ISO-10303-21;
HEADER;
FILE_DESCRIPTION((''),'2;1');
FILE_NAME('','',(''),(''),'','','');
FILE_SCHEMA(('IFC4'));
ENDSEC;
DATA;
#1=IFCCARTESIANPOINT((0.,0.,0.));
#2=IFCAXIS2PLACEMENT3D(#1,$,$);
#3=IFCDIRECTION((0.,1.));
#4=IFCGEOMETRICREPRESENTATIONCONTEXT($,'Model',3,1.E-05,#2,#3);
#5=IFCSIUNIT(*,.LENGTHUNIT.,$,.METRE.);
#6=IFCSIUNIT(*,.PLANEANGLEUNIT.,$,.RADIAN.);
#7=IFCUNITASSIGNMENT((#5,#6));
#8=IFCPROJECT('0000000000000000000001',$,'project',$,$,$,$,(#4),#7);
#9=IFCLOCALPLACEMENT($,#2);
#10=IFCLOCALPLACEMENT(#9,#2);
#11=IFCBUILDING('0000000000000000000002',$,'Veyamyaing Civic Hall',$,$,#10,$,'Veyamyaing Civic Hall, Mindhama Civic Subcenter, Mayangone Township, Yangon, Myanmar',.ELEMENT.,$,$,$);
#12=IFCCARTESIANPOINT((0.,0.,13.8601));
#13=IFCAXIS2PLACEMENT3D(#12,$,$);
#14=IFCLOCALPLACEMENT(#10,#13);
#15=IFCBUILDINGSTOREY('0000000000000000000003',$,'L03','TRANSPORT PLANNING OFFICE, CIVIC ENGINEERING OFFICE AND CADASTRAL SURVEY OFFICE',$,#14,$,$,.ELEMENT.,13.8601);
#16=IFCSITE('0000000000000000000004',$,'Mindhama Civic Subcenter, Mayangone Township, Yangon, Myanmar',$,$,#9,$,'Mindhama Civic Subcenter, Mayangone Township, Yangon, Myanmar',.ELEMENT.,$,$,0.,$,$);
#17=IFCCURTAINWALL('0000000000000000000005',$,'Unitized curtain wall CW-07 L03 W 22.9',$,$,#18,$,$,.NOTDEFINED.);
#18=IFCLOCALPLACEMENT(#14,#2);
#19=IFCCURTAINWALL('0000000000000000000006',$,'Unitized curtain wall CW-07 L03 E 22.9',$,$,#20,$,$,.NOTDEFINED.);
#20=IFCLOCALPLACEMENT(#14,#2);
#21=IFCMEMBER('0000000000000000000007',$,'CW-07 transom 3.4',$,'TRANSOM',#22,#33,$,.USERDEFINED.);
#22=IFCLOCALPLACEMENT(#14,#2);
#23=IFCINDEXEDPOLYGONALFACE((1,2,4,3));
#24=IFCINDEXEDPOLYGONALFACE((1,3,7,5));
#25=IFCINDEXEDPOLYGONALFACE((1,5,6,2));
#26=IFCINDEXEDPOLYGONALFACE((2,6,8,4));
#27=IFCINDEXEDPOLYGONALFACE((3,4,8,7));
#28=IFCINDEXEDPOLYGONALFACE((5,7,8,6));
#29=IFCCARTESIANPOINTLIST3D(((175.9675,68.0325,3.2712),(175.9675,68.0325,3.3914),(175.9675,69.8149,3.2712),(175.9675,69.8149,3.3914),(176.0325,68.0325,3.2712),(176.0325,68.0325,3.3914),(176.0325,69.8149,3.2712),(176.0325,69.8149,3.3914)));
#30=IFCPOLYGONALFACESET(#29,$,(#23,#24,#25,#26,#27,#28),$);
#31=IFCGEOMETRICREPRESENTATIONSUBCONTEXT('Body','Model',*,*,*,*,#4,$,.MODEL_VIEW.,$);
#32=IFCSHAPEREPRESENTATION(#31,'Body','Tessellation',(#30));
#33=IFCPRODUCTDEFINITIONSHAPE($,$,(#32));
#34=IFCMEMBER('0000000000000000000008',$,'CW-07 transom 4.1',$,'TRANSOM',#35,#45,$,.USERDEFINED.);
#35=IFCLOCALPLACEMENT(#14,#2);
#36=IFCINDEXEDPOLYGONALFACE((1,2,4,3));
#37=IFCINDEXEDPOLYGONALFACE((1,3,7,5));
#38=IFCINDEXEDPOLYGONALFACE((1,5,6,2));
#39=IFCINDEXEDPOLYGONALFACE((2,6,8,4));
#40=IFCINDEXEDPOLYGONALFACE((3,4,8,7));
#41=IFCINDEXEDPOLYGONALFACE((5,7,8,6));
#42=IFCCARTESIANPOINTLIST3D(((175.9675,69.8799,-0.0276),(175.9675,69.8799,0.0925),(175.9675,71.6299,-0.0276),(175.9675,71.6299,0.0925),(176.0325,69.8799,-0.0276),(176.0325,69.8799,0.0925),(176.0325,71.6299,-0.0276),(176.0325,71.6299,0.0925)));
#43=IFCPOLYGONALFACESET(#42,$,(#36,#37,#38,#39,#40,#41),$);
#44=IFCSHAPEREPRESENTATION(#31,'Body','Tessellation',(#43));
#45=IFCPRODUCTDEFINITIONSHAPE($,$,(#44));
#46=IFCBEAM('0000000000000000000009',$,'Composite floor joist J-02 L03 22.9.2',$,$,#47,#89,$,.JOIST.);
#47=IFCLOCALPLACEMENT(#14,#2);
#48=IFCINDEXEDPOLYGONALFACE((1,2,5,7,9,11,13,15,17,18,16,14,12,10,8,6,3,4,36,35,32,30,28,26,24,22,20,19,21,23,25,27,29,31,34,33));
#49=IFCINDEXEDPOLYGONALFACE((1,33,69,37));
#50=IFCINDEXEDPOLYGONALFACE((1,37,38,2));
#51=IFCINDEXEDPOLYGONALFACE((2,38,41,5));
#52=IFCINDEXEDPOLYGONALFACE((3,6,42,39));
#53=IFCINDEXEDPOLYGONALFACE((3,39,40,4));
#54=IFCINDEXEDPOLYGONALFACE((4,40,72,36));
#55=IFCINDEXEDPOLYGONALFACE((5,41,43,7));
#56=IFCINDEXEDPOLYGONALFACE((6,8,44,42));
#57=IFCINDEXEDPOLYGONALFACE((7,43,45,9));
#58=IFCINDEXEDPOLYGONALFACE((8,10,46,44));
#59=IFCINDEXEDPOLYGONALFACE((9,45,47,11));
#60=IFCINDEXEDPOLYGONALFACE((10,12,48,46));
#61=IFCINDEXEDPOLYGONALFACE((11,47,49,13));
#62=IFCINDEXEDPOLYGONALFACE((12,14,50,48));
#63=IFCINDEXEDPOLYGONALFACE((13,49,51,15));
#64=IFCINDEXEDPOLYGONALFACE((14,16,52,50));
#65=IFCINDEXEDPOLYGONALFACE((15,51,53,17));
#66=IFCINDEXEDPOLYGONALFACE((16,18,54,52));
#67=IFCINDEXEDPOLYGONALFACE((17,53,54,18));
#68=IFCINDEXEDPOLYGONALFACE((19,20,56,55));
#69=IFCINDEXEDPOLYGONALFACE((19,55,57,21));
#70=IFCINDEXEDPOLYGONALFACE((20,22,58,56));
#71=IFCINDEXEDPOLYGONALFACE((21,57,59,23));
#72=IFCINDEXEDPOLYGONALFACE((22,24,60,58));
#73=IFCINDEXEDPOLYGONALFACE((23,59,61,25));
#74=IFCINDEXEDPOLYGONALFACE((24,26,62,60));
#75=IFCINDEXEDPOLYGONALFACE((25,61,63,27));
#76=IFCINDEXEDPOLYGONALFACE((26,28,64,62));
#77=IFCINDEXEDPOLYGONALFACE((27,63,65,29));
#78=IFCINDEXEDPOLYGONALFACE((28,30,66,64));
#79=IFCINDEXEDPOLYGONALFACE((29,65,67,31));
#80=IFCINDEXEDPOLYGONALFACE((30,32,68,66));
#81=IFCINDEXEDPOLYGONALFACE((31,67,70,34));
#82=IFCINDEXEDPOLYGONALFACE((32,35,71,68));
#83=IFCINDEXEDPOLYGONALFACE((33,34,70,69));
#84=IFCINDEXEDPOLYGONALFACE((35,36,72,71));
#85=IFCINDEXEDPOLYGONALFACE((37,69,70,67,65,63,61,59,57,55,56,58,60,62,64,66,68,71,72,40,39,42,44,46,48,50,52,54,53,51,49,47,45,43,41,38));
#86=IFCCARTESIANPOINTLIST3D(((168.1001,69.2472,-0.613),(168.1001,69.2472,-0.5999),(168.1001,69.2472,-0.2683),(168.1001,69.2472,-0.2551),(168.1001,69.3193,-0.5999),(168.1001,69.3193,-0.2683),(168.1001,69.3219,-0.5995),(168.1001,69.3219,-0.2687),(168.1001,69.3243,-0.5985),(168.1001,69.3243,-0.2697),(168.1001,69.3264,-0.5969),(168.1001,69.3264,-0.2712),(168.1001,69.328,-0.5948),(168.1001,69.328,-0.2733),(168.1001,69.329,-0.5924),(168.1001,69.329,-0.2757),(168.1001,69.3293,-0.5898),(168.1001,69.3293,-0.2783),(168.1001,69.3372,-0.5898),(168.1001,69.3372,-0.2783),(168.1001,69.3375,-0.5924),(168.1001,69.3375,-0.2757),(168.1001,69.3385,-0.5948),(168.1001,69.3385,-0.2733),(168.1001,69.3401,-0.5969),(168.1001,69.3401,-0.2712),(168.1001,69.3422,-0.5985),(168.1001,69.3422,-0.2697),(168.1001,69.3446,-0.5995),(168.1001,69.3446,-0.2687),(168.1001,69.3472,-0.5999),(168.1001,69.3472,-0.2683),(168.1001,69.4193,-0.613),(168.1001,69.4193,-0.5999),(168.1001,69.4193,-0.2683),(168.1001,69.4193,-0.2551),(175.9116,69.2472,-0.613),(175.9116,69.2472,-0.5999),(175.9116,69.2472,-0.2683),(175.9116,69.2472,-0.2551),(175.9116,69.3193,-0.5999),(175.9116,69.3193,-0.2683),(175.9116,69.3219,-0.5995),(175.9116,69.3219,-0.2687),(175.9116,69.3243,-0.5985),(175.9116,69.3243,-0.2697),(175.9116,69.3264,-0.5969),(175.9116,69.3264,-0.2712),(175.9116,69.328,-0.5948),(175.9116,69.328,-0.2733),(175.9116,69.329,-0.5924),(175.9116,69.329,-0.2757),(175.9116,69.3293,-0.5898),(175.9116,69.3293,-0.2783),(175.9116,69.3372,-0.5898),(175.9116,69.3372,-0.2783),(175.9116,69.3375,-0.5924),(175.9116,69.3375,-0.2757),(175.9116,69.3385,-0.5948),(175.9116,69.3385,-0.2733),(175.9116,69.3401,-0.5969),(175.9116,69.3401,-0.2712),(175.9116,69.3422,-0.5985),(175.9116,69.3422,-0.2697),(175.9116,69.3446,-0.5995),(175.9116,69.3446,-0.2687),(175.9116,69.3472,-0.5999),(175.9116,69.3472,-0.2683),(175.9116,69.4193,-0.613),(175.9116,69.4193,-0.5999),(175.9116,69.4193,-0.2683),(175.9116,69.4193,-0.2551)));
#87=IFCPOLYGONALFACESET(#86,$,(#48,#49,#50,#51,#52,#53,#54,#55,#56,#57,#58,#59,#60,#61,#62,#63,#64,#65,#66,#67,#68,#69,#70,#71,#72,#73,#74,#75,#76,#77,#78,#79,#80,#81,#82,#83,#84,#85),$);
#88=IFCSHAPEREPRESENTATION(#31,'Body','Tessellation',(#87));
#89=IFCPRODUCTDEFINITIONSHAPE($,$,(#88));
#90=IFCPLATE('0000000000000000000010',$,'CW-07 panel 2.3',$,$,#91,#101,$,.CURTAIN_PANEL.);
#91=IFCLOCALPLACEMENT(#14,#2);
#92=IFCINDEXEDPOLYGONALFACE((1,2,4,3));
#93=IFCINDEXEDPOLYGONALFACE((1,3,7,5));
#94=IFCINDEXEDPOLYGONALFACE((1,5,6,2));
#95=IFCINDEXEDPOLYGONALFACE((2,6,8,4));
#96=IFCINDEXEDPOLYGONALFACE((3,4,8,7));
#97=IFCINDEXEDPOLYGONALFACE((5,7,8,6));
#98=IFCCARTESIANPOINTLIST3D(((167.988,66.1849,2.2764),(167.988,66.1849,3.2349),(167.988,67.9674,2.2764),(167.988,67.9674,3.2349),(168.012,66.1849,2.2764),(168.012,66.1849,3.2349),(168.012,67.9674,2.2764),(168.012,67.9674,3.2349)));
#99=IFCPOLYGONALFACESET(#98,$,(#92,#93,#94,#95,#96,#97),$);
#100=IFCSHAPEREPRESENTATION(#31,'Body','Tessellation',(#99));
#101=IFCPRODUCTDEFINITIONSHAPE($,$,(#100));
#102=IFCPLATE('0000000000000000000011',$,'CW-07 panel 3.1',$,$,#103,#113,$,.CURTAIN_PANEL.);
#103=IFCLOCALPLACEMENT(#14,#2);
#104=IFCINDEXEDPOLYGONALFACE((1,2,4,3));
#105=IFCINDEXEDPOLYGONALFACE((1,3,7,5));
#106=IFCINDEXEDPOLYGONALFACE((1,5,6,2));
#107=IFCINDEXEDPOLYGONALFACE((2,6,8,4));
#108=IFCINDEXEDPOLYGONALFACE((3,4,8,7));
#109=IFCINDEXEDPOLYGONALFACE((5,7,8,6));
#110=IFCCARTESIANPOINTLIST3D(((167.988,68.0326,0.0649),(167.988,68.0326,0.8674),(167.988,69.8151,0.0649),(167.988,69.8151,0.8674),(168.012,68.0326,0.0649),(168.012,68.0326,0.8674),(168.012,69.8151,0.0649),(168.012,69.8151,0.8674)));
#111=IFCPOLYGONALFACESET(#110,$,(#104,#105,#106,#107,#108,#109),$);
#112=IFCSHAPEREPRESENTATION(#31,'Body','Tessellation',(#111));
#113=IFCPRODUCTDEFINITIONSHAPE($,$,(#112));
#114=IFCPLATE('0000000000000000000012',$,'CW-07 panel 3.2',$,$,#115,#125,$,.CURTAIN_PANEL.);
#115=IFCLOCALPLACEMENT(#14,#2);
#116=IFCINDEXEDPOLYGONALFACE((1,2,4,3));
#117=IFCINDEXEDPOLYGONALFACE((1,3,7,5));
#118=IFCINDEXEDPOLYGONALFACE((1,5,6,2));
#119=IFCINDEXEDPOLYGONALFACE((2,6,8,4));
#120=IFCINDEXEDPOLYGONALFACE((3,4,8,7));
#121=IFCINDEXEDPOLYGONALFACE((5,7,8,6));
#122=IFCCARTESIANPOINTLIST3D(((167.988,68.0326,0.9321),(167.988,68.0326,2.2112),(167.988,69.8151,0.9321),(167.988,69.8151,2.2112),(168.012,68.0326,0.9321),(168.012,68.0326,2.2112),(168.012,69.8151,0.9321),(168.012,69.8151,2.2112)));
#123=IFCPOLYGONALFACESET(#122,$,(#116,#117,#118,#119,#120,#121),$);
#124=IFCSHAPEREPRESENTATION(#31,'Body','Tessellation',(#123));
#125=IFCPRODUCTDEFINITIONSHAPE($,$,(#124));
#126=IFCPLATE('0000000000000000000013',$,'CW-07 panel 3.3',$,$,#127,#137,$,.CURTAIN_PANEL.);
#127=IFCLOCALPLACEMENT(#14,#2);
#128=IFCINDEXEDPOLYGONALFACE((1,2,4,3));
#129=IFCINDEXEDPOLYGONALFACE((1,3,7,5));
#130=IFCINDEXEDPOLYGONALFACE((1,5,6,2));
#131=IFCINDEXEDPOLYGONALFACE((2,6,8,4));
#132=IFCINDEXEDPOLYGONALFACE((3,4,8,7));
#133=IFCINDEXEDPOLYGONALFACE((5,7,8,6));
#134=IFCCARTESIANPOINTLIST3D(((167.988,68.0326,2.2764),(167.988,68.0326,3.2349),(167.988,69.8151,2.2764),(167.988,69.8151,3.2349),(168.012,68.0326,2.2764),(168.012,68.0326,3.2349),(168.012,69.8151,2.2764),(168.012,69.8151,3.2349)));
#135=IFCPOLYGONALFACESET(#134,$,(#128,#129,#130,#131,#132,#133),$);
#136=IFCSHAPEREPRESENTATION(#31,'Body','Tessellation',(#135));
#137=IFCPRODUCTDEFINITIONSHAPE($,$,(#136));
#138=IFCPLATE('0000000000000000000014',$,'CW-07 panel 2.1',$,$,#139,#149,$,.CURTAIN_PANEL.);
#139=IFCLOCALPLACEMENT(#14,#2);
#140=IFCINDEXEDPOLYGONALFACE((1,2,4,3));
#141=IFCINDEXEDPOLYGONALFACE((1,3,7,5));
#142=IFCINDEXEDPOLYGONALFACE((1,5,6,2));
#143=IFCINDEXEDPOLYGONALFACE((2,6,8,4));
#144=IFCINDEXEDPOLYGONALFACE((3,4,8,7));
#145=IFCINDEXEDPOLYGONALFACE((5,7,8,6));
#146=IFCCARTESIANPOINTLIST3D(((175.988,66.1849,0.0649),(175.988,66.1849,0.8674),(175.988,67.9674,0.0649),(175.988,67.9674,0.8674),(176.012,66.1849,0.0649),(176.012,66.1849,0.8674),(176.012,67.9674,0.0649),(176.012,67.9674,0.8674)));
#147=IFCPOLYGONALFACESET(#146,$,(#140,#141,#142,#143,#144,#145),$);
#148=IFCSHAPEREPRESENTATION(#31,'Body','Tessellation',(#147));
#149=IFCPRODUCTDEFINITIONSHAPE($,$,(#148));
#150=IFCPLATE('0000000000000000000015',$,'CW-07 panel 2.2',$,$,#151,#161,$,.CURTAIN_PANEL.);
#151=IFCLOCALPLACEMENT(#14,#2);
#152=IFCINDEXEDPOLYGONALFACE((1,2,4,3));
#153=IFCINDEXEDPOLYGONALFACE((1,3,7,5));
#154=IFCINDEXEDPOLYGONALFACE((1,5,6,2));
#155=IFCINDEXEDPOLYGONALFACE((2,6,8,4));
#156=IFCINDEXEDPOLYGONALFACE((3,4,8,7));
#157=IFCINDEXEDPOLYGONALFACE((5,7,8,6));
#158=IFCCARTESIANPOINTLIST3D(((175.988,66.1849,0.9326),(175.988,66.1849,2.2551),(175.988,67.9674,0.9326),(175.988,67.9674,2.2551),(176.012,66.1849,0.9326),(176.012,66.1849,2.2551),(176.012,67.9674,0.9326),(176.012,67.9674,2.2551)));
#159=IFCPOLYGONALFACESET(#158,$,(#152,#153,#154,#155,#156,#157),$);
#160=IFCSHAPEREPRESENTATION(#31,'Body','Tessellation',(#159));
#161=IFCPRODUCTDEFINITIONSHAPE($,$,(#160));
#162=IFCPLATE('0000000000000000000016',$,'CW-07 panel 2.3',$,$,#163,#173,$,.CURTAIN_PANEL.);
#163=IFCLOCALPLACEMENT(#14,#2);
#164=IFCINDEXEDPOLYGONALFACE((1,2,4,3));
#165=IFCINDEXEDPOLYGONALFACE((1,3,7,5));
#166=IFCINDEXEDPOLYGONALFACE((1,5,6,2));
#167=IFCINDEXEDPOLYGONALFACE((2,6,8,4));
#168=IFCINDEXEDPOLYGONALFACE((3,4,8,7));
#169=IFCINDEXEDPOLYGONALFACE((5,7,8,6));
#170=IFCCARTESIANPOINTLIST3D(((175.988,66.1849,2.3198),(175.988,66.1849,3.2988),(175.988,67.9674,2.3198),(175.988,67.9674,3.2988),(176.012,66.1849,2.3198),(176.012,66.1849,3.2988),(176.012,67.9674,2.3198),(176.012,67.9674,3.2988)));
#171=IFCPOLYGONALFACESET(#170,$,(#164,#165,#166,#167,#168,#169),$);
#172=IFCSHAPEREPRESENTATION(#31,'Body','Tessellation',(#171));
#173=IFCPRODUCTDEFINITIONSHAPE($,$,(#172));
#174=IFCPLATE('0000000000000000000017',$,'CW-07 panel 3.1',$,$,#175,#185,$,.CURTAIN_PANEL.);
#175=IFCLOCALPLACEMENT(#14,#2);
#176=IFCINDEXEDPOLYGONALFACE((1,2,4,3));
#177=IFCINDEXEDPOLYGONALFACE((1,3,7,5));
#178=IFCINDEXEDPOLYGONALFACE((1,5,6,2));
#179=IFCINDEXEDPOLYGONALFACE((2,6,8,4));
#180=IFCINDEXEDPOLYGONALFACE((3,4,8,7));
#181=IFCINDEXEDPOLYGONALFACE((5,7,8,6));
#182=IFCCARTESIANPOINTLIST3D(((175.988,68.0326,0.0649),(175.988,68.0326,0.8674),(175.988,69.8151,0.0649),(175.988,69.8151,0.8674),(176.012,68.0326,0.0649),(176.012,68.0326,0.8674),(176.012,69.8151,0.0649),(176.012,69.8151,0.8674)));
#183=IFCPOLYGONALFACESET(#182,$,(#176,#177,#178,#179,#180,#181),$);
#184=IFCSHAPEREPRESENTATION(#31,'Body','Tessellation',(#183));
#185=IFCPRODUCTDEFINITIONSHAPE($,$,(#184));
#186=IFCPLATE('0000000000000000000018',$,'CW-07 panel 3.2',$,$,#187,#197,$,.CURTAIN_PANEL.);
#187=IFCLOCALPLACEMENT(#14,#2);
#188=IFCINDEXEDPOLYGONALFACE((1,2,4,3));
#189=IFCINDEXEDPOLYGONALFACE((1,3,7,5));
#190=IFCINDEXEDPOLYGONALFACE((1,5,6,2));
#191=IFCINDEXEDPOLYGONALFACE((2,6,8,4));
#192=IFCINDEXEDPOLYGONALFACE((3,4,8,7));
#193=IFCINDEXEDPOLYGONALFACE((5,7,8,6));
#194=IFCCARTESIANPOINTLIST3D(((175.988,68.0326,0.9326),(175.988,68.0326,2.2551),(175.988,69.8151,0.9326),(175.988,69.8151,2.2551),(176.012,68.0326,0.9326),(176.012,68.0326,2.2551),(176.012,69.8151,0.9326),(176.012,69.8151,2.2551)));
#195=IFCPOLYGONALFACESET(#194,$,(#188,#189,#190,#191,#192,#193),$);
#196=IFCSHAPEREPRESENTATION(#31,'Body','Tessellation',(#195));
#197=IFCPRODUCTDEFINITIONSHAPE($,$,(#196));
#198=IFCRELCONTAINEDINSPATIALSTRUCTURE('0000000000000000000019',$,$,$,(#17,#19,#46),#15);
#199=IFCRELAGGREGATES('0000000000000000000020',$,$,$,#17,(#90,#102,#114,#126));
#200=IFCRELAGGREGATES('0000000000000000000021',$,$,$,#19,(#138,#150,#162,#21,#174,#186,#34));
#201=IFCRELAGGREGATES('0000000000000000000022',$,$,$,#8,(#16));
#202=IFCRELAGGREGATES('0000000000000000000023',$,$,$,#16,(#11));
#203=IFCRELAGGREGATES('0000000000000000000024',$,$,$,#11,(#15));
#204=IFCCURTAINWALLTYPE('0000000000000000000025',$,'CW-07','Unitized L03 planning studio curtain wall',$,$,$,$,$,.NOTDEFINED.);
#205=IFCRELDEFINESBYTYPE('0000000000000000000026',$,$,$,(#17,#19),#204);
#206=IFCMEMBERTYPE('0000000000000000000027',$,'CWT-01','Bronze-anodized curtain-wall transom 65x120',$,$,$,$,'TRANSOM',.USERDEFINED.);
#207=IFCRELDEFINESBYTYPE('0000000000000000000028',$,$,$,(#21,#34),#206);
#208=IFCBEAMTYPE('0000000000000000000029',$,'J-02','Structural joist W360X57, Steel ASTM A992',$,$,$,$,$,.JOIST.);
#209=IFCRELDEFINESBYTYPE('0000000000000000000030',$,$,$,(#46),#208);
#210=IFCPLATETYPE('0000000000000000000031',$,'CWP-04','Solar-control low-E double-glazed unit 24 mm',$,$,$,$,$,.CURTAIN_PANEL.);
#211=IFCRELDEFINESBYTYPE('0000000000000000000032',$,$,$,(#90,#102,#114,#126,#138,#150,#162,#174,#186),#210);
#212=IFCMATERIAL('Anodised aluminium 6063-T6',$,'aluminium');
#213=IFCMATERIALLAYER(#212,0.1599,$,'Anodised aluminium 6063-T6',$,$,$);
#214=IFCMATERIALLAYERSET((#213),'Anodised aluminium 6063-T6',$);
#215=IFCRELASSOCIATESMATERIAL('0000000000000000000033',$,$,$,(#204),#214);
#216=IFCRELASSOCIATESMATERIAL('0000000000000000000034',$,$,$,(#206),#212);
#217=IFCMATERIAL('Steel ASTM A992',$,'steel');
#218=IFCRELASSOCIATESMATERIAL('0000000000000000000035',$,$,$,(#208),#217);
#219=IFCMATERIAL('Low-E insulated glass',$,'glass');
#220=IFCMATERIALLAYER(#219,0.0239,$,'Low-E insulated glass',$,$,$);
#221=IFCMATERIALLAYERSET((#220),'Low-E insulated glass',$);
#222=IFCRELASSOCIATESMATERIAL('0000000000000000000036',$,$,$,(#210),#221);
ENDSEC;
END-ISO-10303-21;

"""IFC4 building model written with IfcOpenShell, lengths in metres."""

from ifc_helpers import new_model, si_unit, direction, frame, origin, origin_2d, place, context, subcontext, project, spatial, rectangle, i_section, extrude, material, layer, layer_set, material_profile, profile_set, type_object, element, aggregate, save


model = new_model("IFC4")

# Units and contexts
model_context = context("Model", 3, precision=1e-05, world=origin(), true_north=direction((0.0, 1.0)))
body_context = subcontext(model_context, "Body", "Model", "MODEL_VIEW")
ifc_project = project(units=[si_unit("LENGTHUNIT", "METRE"), si_unit("PLANEANGLEUNIT", "RADIAN")], contexts=[model_context])

# Site, building, storey
site_placement = place(None, origin())
site = spatial("IfcSite", under=ifc_project, at=site_placement, Name="Mindhama Civic Subcenter, Mayangone Township, Yangon, Myanmar", LongName="Mindhama Civic Subcenter, Mayangone Township, Yangon, Myanmar", CompositionType="ELEMENT", RefElevation=0.0)
building_placement = place(site_placement, origin())
building = spatial("IfcBuilding", under=site, at=building_placement, Name="Veyamyaing Civic Hall", LongName="Veyamyaing Civic Hall, Mindhama Civic Subcenter, Mayangone Township, Yangon, Myanmar", CompositionType="ELEMENT")
storey_placement = place(building_placement, frame((0.0, 0.0, 13.8601)))
storey = spatial("IfcBuildingStorey", under=building, at=storey_placement, Name="L03", Description="TRANSPORT PLANNING OFFICE, CIVIC ENGINEERING OFFICE AND CADASTRAL SURVEY OFFICE", CompositionType="ELEMENT", Elevation=13.8601)

# Curtain walls
ifc_material_1 = material(Name="Anodised aluminium 6063-T6", Category="aluminium")
ifc_layer_1 = layer(ifc_material_1, 0.1599, Name="Anodised aluminium 6063-T6")
ifc_layer_set_1 = layer_set([ifc_layer_1], Name="Anodised aluminium 6063-T6")
curtain_wall_type = type_object("IfcCurtainWallType", Name="CW-07", Description="Unitized L03 planning studio curtain wall", PredefinedType="NOTDEFINED", material=ifc_layer_set_1)
curtain_wall_1_placement = place(storey_placement, origin())
curtain_wall_1 = element("IfcCurtainWall", 1, at=curtain_wall_1_placement, inside=storey, type_object=curtain_wall_type, Name="Unitized curtain wall CW-07 L03 W 22.9", PredefinedType="NOTDEFINED")
curtain_wall_2_placement = place(storey_placement, origin())
curtain_wall_2 = element("IfcCurtainWall", 2, at=curtain_wall_2_placement, inside=storey, type_object=curtain_wall_type, Name="Unitized curtain wall CW-07 L03 E 22.9", PredefinedType="NOTDEFINED")

# Members
ifc_material_profile_1 = material_profile(ifc_material_1, rectangle(XDim=0.0649, YDim=0.1201, at=origin_2d()), Name="ALU-TRN-65X120")
ifc_profile_set_1 = profile_set([ifc_material_profile_1], Name="Anodised aluminium 6063-T6")
member_type_1 = type_object("IfcMemberType", Name="CWT-01", Description="Bronze-anodized curtain-wall transom 65x120", ElementType="TRANSOM", PredefinedType="USERDEFINED", material=ifc_profile_set_1)
member_1_placement = place(storey_placement, frame((176.0, 68.0325, 3.3313), z_axis=(0.0, 1.0, 0.0), x_axis=(-1.0, 0.0, 0.0)))
member_1 = element("IfcMember", 3, at=member_1_placement, type_object=member_type_1, Name="CW-07 transom 3.4", ObjectType="TRANSOM", PredefinedType="USERDEFINED", context=body_context, shape_type="SweptSolid", body=[
    extrude(rectangle(XDim=0.0649, YDim=0.1201, at=origin_2d()), origin(), (0.0, 0.0, 1.0), 1.7825),
])
member_2_placement = place(storey_placement, frame((176.0, 69.8799, 0.0325), z_axis=(0.0, 1.0, 0.0), x_axis=(-1.0, 0.0, 0.0)))
member_2 = element("IfcMember", 4, at=member_2_placement, type_object=member_type_1, Name="CW-07 transom 4.1", ObjectType="TRANSOM", PredefinedType="USERDEFINED", context=body_context, shape_type="SweptSolid", body=[
    extrude(rectangle(XDim=0.0649, YDim=0.1201, at=origin_2d()), origin(), (0.0, 0.0, 1.0), 1.75),
])

# Beam
ifc_material_2 = material(Name="Steel ASTM A992", Category="steel")
ifc_material_profile_2 = material_profile(ifc_material_2, i_section(OverallWidth=0.1721, OverallDepth=0.3579, WebThickness=0.0078, FlangeThickness=0.0132, FilletRadius=0.01, at=origin_2d()), Name="W360X57")
ifc_profile_set_2 = profile_set([ifc_material_profile_2], Name="Steel ASTM A992")
beam_type = type_object("IfcBeamType", Name="J-02", Description="Structural joist W360X57, Steel ASTM A992", PredefinedType="JOIST", material=ifc_profile_set_2)
beam_placement = place(storey_placement, frame((168.1001, 69.3333, -0.4341), z_axis=(1.0, 0.0, 0.0), x_axis=(0.0, 1.0, 0.0)))
element("IfcBeam", 5, at=beam_placement, inside=storey, type_object=beam_type, Name="Composite floor joist J-02 L03 22.9.2", PredefinedType="JOIST", context=body_context, shape_type="SweptSolid", body=[
    extrude(i_section(OverallWidth=0.1721, OverallDepth=0.3579, WebThickness=0.0078, FlangeThickness=0.0132, FilletRadius=0.01, at=origin_2d()), origin(), (0.0, 0.0, 1.0), 7.8115),
])

# Plates
ifc_material_3 = material(Name="Low-E insulated glass", Category="glass")
ifc_layer_2 = layer(ifc_material_3, 0.0239, Name="Low-E insulated glass")
ifc_layer_set_2 = layer_set([ifc_layer_2], Name="Low-E insulated glass")
plate_type = type_object("IfcPlateType", Name="CWP-04", Description="Solar-control low-E double-glazed unit 24 mm", PredefinedType="CURTAIN_PANEL", material=ifc_layer_set_2)
plate_1_placement = place(storey_placement, frame((168.0, 67.0762, 2.2764), z_axis=(0.0, 0.0, 1.0), x_axis=(0.0, 1.0, 0.0)))
plate_1 = element("IfcPlate", 6, at=plate_1_placement, type_object=plate_type, Name="CW-07 panel 2.3", PredefinedType="CURTAIN_PANEL", context=body_context, shape_type="SweptSolid", body=[
    extrude(rectangle(XDim=1.7825, YDim=0.0239, at=origin_2d()), origin(), (0.0, 0.0, 1.0), 0.9585),
])
plate_2_placement = place(storey_placement, frame((168.0, 68.9238, 0.0649), z_axis=(0.0, 0.0, 1.0), x_axis=(0.0, 1.0, 0.0)))
plate_2 = element("IfcPlate", 7, at=plate_2_placement, type_object=plate_type, Name="CW-07 panel 3.1", PredefinedType="CURTAIN_PANEL", context=body_context, shape_type="SweptSolid", body=[
    extrude(rectangle(XDim=1.7825, YDim=0.0239, at=origin_2d()), origin(), (0.0, 0.0, 1.0), 0.8025),
])
plate_3_placement = place(storey_placement, frame((168.0, 68.9238, 0.9321), z_axis=(0.0, 0.0, 1.0), x_axis=(0.0, 1.0, 0.0)))
plate_3 = element("IfcPlate", 8, at=plate_3_placement, type_object=plate_type, Name="CW-07 panel 3.2", PredefinedType="CURTAIN_PANEL", context=body_context, shape_type="SweptSolid", body=[
    extrude(rectangle(XDim=1.7825, YDim=0.0239, at=origin_2d()), origin(), (0.0, 0.0, 1.0), 1.2791),
])
plate_4_placement = place(storey_placement, frame((168.0, 68.9238, 2.2764), z_axis=(0.0, 0.0, 1.0), x_axis=(0.0, 1.0, 0.0)))
plate_4 = element("IfcPlate", 9, at=plate_4_placement, type_object=plate_type, Name="CW-07 panel 3.3", PredefinedType="CURTAIN_PANEL", context=body_context, shape_type="SweptSolid", body=[
    extrude(rectangle(XDim=1.7825, YDim=0.0239, at=origin_2d()), origin(), (0.0, 0.0, 1.0), 0.9585),
])
aggregate(curtain_wall_1, [plate_1, plate_2, plate_3, plate_4])
plate_5_placement = place(storey_placement, frame((176.0, 67.0762, 0.0649), z_axis=(0.0, 0.0, 1.0), x_axis=(0.0, 1.0, 0.0)))
plate_5 = element("IfcPlate", 10, at=plate_5_placement, type_object=plate_type, Name="CW-07 panel 2.1", PredefinedType="CURTAIN_PANEL", context=body_context, shape_type="SweptSolid", body=[
    extrude(rectangle(XDim=1.7825, YDim=0.0239, at=origin_2d()), origin(), (0.0, 0.0, 1.0), 0.8025),
])
plate_6_placement = place(storey_placement, frame((176.0, 67.0762, 0.9326), z_axis=(0.0, 0.0, 1.0), x_axis=(0.0, 1.0, 0.0)))
plate_6 = element("IfcPlate", 11, at=plate_6_placement, type_object=plate_type, Name="CW-07 panel 2.2", PredefinedType="CURTAIN_PANEL", context=body_context, shape_type="SweptSolid", body=[
    extrude(rectangle(XDim=1.7825, YDim=0.0239, at=origin_2d()), origin(), (0.0, 0.0, 1.0), 1.3225),
])
plate_7_placement = place(storey_placement, frame((176.0, 67.0762, 2.3198), z_axis=(0.0, 0.0, 1.0), x_axis=(0.0, 1.0, 0.0)))
plate_7 = element("IfcPlate", 12, at=plate_7_placement, type_object=plate_type, Name="CW-07 panel 2.3", PredefinedType="CURTAIN_PANEL", context=body_context, shape_type="SweptSolid", body=[
    extrude(rectangle(XDim=1.7825, YDim=0.0239, at=origin_2d()), origin(), (0.0, 0.0, 1.0), 0.979),
])
plate_8_placement = place(storey_placement, frame((176.0, 68.9238, 0.0649), z_axis=(0.0, 0.0, 1.0), x_axis=(0.0, 1.0, 0.0)))
plate_8 = element("IfcPlate", 13, at=plate_8_placement, type_object=plate_type, Name="CW-07 panel 3.1", PredefinedType="CURTAIN_PANEL", context=body_context, shape_type="SweptSolid", body=[
    extrude(rectangle(XDim=1.7825, YDim=0.0239, at=origin_2d()), origin(), (0.0, 0.0, 1.0), 0.8025),
])
plate_9_placement = place(storey_placement, frame((176.0, 68.9238, 0.9326), z_axis=(0.0, 0.0, 1.0), x_axis=(0.0, 1.0, 0.0)))
plate_9 = element("IfcPlate", 14, at=plate_9_placement, type_object=plate_type, Name="CW-07 panel 3.2", PredefinedType="CURTAIN_PANEL", context=body_context, shape_type="SweptSolid", body=[
    extrude(rectangle(XDim=1.7825, YDim=0.0239, at=origin_2d()), origin(), (0.0, 0.0, 1.0), 1.3225),
])
aggregate(curtain_wall_2, [plate_5, plate_6, plate_7, member_1, plate_8, plate_9, member_2])

save(model, "model.ifc")
